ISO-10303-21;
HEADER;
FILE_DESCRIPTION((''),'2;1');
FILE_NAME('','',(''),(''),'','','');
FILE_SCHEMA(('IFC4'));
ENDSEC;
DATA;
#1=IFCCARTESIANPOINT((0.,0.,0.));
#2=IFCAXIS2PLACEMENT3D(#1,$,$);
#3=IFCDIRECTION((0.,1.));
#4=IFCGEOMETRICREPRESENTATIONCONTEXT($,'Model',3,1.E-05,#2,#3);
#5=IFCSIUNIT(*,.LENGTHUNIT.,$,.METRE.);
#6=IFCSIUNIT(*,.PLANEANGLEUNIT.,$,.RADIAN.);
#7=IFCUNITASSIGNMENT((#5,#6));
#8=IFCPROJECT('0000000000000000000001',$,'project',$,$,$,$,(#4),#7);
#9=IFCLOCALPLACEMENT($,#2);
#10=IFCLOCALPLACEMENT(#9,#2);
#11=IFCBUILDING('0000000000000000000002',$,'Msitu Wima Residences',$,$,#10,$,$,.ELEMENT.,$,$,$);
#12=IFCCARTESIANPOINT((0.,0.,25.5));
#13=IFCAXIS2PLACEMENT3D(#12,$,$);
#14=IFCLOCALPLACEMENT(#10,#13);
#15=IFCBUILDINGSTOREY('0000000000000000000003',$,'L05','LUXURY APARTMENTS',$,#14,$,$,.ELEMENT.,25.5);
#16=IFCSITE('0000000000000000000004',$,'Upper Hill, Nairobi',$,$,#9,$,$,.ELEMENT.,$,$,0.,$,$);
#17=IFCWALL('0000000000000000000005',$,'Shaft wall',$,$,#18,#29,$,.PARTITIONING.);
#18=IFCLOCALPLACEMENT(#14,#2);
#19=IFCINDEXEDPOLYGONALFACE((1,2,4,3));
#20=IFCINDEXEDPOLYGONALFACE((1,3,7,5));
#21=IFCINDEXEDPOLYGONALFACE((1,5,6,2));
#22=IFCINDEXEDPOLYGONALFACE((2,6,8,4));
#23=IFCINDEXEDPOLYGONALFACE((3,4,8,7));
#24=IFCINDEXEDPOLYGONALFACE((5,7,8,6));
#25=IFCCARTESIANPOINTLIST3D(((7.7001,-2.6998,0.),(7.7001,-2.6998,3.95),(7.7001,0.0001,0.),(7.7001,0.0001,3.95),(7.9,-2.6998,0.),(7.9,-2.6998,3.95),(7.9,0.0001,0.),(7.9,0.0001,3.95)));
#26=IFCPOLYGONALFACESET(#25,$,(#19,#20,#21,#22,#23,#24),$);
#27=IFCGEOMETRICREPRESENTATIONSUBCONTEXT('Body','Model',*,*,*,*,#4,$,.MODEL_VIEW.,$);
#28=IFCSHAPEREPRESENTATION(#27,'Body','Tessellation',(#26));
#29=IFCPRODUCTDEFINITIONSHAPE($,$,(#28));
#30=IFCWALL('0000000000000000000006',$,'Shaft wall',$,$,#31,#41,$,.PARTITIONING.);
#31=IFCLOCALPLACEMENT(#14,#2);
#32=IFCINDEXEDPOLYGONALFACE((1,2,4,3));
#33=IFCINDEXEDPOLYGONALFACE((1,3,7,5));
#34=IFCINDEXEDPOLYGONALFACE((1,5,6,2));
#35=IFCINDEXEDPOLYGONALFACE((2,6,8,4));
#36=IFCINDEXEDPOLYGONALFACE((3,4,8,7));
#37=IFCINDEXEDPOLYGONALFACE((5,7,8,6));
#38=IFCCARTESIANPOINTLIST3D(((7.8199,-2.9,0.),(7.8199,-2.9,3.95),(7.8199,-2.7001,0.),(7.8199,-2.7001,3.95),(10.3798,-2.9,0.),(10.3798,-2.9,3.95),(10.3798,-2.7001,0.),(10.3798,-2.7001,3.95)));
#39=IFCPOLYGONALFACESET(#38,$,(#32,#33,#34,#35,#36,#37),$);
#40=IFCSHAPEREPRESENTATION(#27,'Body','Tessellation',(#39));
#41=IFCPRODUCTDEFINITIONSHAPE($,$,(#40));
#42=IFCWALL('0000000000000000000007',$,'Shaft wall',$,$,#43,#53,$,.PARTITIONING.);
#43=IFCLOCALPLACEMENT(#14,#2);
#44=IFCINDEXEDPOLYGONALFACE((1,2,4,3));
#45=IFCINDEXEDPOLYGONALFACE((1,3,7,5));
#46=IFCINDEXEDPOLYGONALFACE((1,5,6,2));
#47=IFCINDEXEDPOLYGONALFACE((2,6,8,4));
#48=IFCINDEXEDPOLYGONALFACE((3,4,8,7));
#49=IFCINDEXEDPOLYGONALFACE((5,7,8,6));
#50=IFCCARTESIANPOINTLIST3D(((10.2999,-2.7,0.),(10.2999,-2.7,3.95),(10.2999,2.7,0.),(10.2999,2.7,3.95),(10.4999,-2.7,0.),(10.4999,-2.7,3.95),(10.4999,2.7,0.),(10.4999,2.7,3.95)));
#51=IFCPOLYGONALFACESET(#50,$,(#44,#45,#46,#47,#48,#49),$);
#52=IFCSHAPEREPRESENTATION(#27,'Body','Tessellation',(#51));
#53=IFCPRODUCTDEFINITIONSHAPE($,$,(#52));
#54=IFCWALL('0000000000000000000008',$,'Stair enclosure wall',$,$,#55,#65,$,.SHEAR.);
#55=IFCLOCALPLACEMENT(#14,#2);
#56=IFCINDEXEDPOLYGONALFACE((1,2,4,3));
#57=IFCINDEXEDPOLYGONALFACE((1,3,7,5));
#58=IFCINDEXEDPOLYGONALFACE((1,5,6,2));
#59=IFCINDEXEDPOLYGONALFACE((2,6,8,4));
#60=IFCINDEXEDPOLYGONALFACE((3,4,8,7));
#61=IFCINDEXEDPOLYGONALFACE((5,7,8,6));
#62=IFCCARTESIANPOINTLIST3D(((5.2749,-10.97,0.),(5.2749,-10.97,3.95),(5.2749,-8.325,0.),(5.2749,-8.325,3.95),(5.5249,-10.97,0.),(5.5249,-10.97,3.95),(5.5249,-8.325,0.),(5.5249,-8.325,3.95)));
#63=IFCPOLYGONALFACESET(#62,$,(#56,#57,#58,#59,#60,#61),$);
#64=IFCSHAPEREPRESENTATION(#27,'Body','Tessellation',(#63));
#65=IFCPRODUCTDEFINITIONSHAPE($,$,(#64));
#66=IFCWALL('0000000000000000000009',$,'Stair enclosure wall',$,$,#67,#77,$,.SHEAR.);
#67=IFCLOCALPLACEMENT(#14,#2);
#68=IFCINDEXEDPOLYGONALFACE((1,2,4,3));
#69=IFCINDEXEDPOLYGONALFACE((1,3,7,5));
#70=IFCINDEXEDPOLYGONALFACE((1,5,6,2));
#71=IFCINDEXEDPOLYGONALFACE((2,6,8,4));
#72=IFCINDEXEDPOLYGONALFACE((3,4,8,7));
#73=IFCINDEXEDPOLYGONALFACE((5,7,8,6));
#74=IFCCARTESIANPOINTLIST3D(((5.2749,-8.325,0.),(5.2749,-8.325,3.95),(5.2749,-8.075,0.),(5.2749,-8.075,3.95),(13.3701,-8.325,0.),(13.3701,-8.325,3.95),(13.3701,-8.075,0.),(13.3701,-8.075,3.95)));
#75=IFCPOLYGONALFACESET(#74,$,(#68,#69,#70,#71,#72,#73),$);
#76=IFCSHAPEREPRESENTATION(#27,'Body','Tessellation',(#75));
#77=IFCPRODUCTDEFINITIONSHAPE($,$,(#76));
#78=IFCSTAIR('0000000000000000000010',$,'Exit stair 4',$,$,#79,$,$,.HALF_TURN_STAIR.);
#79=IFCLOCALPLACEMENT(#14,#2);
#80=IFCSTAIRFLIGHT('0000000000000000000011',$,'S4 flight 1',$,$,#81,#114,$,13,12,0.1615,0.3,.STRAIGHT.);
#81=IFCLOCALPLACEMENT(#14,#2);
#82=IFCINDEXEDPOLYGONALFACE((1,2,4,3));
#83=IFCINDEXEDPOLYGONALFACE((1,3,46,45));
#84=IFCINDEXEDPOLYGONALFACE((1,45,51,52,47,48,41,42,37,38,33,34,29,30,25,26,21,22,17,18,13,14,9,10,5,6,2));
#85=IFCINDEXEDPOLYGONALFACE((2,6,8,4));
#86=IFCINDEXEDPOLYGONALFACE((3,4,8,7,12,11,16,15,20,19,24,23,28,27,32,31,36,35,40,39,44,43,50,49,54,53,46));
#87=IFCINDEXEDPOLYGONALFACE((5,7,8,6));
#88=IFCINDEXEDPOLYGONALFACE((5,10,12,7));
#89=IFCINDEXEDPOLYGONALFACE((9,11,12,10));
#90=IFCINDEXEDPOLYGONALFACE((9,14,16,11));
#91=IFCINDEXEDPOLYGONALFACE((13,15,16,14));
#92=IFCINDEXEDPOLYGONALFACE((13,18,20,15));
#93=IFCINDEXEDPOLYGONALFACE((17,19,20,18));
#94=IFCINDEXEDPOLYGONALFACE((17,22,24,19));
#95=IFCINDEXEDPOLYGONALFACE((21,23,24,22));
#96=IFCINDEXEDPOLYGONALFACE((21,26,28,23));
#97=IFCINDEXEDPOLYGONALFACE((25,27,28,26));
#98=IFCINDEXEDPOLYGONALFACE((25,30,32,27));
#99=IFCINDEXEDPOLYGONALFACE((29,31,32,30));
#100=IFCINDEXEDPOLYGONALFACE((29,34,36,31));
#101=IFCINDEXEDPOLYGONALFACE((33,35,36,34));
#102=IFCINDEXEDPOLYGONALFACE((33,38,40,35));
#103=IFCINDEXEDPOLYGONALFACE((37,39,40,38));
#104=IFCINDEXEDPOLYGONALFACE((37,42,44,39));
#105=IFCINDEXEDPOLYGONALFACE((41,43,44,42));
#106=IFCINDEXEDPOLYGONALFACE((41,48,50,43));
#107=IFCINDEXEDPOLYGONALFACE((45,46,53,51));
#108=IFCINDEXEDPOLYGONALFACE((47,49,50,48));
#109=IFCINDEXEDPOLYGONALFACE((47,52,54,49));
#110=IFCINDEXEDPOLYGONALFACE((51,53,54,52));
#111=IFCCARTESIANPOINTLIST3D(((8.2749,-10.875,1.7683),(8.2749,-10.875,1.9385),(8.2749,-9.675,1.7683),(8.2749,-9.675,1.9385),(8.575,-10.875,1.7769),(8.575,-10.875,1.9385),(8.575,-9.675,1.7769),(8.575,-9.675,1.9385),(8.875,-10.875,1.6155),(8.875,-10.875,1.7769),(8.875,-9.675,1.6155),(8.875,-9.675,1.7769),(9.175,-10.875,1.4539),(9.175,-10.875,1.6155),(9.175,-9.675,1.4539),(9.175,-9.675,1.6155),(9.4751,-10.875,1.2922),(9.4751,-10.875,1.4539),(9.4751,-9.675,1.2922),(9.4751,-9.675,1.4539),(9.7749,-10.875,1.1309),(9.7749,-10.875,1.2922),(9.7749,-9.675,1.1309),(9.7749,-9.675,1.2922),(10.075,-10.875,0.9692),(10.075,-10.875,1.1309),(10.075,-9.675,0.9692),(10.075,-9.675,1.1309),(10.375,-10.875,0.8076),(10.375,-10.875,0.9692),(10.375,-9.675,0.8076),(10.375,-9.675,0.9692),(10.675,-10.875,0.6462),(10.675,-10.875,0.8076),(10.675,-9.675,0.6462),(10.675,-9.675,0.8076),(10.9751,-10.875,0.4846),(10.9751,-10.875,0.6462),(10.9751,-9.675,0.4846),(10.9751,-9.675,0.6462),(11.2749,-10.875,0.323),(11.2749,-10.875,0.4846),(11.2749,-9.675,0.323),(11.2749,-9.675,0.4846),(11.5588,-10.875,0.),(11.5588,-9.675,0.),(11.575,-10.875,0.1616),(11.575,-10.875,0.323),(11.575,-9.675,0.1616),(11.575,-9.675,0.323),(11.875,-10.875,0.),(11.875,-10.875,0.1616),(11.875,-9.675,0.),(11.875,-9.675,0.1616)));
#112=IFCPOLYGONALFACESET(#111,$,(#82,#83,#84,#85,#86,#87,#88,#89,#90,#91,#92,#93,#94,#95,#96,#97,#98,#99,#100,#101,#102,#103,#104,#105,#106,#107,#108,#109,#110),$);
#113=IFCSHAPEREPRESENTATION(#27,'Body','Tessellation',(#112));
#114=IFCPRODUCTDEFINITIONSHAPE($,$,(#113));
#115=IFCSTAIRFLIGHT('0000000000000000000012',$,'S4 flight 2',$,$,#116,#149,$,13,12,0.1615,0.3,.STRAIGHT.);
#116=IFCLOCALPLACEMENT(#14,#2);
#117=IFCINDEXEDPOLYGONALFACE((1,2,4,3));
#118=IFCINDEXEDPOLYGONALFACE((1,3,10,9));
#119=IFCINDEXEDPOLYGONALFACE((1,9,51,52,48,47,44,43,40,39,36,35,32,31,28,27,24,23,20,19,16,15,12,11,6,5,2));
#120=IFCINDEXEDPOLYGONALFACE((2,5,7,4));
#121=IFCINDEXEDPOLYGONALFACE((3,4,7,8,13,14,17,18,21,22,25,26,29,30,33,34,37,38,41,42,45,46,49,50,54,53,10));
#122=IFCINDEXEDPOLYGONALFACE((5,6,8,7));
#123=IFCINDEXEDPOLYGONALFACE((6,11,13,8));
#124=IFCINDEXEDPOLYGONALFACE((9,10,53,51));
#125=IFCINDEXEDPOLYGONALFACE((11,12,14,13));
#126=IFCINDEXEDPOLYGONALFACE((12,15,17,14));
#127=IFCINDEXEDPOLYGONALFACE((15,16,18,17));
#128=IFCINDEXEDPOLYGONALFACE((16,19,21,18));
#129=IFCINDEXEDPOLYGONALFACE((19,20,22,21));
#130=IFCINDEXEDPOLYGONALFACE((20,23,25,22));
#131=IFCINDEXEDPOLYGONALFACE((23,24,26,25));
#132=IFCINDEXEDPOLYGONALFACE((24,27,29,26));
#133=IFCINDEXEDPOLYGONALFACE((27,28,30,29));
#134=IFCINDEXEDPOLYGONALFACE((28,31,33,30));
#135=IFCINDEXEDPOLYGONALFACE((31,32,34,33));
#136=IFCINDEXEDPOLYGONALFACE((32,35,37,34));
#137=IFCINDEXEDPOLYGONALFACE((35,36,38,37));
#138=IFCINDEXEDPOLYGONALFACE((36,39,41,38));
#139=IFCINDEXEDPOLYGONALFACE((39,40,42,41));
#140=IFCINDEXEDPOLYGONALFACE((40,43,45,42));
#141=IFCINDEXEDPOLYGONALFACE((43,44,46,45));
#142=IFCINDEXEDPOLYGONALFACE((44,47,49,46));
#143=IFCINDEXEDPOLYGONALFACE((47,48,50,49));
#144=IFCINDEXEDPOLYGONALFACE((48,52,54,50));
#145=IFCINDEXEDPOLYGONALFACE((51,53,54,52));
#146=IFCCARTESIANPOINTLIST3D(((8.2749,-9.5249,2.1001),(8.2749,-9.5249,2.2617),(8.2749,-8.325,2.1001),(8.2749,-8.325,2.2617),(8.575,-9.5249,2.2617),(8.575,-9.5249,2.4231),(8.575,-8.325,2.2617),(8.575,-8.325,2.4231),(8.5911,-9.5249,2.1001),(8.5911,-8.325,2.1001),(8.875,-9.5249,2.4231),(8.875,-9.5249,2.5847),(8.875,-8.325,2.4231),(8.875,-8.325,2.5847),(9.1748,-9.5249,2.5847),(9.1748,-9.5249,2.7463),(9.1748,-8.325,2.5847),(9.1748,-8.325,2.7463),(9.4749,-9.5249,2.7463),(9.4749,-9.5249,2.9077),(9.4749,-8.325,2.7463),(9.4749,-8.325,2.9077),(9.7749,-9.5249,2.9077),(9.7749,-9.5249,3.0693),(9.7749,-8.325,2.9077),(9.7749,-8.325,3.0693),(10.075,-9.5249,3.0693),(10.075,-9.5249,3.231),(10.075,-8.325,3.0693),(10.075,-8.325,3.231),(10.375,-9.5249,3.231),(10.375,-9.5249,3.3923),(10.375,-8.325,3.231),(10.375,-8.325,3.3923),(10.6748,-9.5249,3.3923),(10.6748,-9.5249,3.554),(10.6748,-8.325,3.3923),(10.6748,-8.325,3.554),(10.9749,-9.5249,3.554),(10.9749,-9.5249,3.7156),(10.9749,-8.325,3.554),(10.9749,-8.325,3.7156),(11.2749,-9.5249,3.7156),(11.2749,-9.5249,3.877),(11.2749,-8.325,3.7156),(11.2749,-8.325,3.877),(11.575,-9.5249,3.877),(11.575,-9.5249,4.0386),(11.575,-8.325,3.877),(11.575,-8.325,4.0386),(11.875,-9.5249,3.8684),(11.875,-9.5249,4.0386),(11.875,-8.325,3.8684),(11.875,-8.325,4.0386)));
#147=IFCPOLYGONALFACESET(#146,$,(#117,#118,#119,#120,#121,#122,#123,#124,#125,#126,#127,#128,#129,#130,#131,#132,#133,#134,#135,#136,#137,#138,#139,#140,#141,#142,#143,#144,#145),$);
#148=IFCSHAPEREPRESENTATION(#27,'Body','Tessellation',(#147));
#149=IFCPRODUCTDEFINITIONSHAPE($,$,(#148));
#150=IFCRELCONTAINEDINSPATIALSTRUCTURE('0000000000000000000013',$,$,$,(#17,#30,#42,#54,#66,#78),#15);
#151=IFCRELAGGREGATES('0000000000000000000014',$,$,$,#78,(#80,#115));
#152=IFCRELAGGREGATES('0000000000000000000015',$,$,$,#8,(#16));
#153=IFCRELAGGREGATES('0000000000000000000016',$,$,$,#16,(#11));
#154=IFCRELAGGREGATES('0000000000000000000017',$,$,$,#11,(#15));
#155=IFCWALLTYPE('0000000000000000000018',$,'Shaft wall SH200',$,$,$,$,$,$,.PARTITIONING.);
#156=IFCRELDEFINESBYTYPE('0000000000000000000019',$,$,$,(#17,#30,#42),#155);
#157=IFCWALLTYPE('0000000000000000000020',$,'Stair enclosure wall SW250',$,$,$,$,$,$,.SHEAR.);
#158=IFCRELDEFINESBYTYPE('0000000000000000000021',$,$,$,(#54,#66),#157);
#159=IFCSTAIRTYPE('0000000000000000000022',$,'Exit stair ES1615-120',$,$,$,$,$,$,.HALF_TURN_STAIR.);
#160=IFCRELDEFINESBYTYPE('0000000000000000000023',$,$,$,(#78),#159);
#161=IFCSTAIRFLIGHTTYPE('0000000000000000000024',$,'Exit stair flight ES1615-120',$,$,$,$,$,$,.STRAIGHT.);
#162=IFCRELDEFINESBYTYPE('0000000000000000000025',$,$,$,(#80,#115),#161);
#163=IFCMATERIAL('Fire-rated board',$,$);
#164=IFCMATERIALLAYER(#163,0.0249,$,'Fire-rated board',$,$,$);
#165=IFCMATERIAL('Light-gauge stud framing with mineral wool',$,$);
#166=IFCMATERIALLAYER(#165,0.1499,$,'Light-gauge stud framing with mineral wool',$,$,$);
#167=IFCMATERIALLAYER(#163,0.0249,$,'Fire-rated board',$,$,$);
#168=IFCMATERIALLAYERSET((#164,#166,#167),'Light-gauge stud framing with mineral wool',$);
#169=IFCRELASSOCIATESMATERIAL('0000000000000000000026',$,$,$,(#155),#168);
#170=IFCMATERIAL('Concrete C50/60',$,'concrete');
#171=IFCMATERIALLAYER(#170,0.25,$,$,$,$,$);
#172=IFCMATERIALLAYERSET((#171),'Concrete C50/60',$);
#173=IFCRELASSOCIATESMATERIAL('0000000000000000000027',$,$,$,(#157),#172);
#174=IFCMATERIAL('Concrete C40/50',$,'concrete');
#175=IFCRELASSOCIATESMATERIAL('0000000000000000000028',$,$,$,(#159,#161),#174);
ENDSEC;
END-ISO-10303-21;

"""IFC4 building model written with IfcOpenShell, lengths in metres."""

from ifc_helpers import new_model, si_unit, direction, frame, frame_2d, origin, place, context, subcontext, project, spatial, polyline, rectangle, outline, extrude, material, layer, layer_set, type_object, element, aggregate, save


model = new_model("IFC4")

# Units and contexts
model_context = context("Model", 3, precision=1e-05, world=origin(), true_north=direction((0.0, 1.0)))
body_context = subcontext(model_context, "Body", "Model", "MODEL_VIEW")
ifc_project = project(units=[si_unit("LENGTHUNIT", "METRE"), si_unit("PLANEANGLEUNIT", "RADIAN")], contexts=[model_context])

# Site, building, storey
site_placement = place(None, origin())
site = spatial("IfcSite", under=ifc_project, at=site_placement, Name="Upper Hill, Nairobi", CompositionType="ELEMENT", RefElevation=0.0)
building_placement = place(site_placement, origin())
building = spatial("IfcBuilding", under=site, at=building_placement, Name="Msitu Wima Residences", CompositionType="ELEMENT")
storey_placement = place(building_placement, frame((0.0, 0.0, 25.5)))
storey = spatial("IfcBuildingStorey", under=building, at=storey_placement, Name="L05", Description="LUXURY APARTMENTS", CompositionType="ELEMENT", Elevation=25.5)

# Shared definitions
ifc_material_1 = material(Name="Concrete C40/50", Category="concrete")

# Walls
ifc_material_2 = material(Name="Fire-rated board")
ifc_layer_1 = layer(ifc_material_2, 0.0249, Name="Fire-rated board")
ifc_material_3 = material(Name="Light-gauge stud framing with mineral wool")
ifc_layer_2 = layer(ifc_material_3, 0.1499, Name="Light-gauge stud framing with mineral wool")
ifc_layer_3 = layer(ifc_material_2, 0.0249, Name="Fire-rated board")
ifc_layer_set_1 = layer_set([ifc_layer_1, ifc_layer_2, ifc_layer_3], Name="Light-gauge stud framing with mineral wool")
wall_type_1 = type_object("IfcWallType", Name="Shaft wall SH200", PredefinedType="PARTITIONING", material=ifc_layer_set_1)
wall_1_placement = place(storey_placement, frame((7.8, -2.7, 0.0), z_axis=(0.0, 0.0, 1.0), x_axis=(0.0, 1.0, 0.0)))
element("IfcWall", 1, at=wall_1_placement, inside=storey, type_object=wall_type_1, Name="Shaft wall", PredefinedType="PARTITIONING", context=body_context, shape_type="SweptSolid", body=[
    extrude(rectangle(XDim=2.7, YDim=0.2, at=frame_2d((1.3501, 0.0))), origin(), (0.0, 0.0, 1.0), 3.95),
])
wall_2_placement = place(storey_placement, frame((7.8201, -2.8, 0.0), z_axis=(0.0, 0.0, 1.0), x_axis=(1.0, 0.0, 0.0)))
element("IfcWall", 2, at=wall_2_placement, inside=storey, type_object=wall_type_1, Name="Shaft wall", PredefinedType="PARTITIONING", context=body_context, shape_type="SweptSolid", body=[
    extrude(rectangle(XDim=2.5598, YDim=0.2, at=frame_2d((1.2798, 0.0))), origin(), (0.0, 0.0, 1.0), 3.95),
])
wall_3_placement = place(storey_placement, frame((10.3999, -2.7, 0.0), z_axis=(0.0, 0.0, 1.0), x_axis=(0.0, 1.0, 0.0)))
element("IfcWall", 3, at=wall_3_placement, inside=storey, type_object=wall_type_1, Name="Shaft wall", PredefinedType="PARTITIONING", context=body_context, shape_type="SweptSolid", body=[
    extrude(rectangle(XDim=5.3999, YDim=0.2, at=frame_2d((2.7, 0.0))), origin(), (0.0, 0.0, 1.0), 3.95),
])
ifc_material_4 = material(Name="Concrete C50/60", Category="concrete")
ifc_layer_4 = layer(ifc_material_4, 0.25)
ifc_layer_set_2 = layer_set([ifc_layer_4], Name="Concrete C50/60")
wall_type_2 = type_object("IfcWallType", Name="Stair enclosure wall SW250", PredefinedType="SHEAR", material=ifc_layer_set_2)
wall_4_placement = place(storey_placement, frame((5.3999, -10.97, 0.0), z_axis=(0.0, 0.0, 1.0), x_axis=(0.0, 1.0, 0.0)))
element("IfcWall", 4, at=wall_4_placement, inside=storey, type_object=wall_type_2, Name="Stair enclosure wall", PredefinedType="SHEAR", context=body_context, shape_type="SweptSolid", body=[
    extrude(rectangle(XDim=2.645, YDim=0.25, at=frame_2d((1.3225, 0.0))), origin(), (0.0, 0.0, 1.0), 3.95),
])
wall_5_placement = place(storey_placement, frame((5.2749, -8.2, 0.0), z_axis=(0.0, 0.0, 1.0), x_axis=(1.0, 0.0, 0.0)))
element("IfcWall", 5, at=wall_5_placement, inside=storey, type_object=wall_type_2, Name="Stair enclosure wall", PredefinedType="SHEAR", context=body_context, shape_type="SweptSolid", body=[
    extrude(rectangle(XDim=8.0952, YDim=0.25, at=frame_2d((4.0476, 0.0))), origin(), (0.0, 0.0, 1.0), 3.95),
])

# Stair, stair flights
stair_type = type_object("IfcStairType", Name="Exit stair ES1615-120", PredefinedType="HALF_TURN_STAIR", material=ifc_material_1)
stair_placement = place(storey_placement, origin())
stair = element("IfcStair", 6, at=stair_placement, inside=storey, type_object=stair_type, Name="Exit stair 4", PredefinedType="HALF_TURN_STAIR")
stair_flight_type = type_object("IfcStairFlightType", Name="Exit stair flight ES1615-120", PredefinedType="STRAIGHT", material=ifc_material_1)
stair_flight_1_placement = place(storey_placement, frame((11.875, -10.2749, 0.0), z_axis=(0.0, 0.0, 1.0), x_axis=(-1.0, 0.0, 0.0)))
stair_flight_1 = element("IfcStairFlight", 7, at=stair_flight_1_placement, type_object=stair_flight_type, Name="S4 flight 1", NumberOfRisers=13, NumberOfTreads=12, PredefinedType="STRAIGHT", RiserHeight=0.1615, TreadLength=0.3, context=body_context, shape_type="SweptSolid", body=[
    extrude(outline(polyline([(0.0, 0.0), (0.0, 0.1616), (0.3, 0.1616), (0.3, 0.323), (0.6001, 0.323), (0.6001, 0.4846), (0.8999, 0.4846), (0.8999, 0.6462), (1.2, 0.6462), (1.2, 0.8076), (1.5, 0.8076), (1.5, 0.9692), (1.8, 0.9692), (1.8, 1.1309), (2.1001, 1.1309), (2.1001, 1.2922), (2.3999, 1.2922), (2.3999, 1.4539), (2.7, 1.4539), (2.7, 1.6155), (3.0, 1.6155), (3.0, 1.7769), (3.3, 1.7769), (3.3, 1.9385), (3.6001, 1.9385), (3.6001, 2.1001), (3.6001, 1.7683), (0.3162, 0.0), (0.0, 0.0)])), frame((0.0, 0.6001, 0.0), z_axis=(0.0, -1.0, 0.0), x_axis=(1.0, 0.0, 0.0)), (0.0, 0.0, 1.0), 1.2),
])
stair_flight_2_placement = place(storey_placement, frame((8.2749, -8.925, 2.1001), z_axis=(0.0, 0.0, 1.0), x_axis=(1.0, 0.0, 0.0)))
stair_flight_2 = element("IfcStairFlight", 8, at=stair_flight_2_placement, type_object=stair_flight_type, Name="S4 flight 2", NumberOfRisers=13, NumberOfTreads=12, PredefinedType="STRAIGHT", RiserHeight=0.1615, TreadLength=0.3, context=body_context, shape_type="SweptSolid", body=[
    extrude(outline(polyline([(0.0, 0.0), (0.0, 0.1616), (0.3, 0.1616), (0.3, 0.323), (0.6001, 0.323), (0.6001, 0.4846), (0.8999, 0.4846), (0.8999, 0.6462), (1.2, 0.6462), (1.2, 0.8076), (1.5, 0.8076), (1.5, 0.9692), (1.8, 0.9692), (1.8, 1.1309), (2.1001, 1.1309), (2.1001, 1.2922), (2.3999, 1.2922), (2.3999, 1.4539), (2.7, 1.4539), (2.7, 1.6155), (3.0, 1.6155), (3.0, 1.7769), (3.3, 1.7769), (3.3, 1.9385), (3.6001, 1.9385), (3.6001, 2.1001), (3.6001, 1.7683), (0.3162, 0.0), (0.0, 0.0)])), frame((0.0, 0.6001, 0.0), z_axis=(0.0, -1.0, 0.0), x_axis=(1.0, 0.0, 0.0)), (0.0, 0.0, 1.0), 1.2),
])
aggregate(stair, [stair_flight_1, stair_flight_2])

save(model, "model.ifc")
